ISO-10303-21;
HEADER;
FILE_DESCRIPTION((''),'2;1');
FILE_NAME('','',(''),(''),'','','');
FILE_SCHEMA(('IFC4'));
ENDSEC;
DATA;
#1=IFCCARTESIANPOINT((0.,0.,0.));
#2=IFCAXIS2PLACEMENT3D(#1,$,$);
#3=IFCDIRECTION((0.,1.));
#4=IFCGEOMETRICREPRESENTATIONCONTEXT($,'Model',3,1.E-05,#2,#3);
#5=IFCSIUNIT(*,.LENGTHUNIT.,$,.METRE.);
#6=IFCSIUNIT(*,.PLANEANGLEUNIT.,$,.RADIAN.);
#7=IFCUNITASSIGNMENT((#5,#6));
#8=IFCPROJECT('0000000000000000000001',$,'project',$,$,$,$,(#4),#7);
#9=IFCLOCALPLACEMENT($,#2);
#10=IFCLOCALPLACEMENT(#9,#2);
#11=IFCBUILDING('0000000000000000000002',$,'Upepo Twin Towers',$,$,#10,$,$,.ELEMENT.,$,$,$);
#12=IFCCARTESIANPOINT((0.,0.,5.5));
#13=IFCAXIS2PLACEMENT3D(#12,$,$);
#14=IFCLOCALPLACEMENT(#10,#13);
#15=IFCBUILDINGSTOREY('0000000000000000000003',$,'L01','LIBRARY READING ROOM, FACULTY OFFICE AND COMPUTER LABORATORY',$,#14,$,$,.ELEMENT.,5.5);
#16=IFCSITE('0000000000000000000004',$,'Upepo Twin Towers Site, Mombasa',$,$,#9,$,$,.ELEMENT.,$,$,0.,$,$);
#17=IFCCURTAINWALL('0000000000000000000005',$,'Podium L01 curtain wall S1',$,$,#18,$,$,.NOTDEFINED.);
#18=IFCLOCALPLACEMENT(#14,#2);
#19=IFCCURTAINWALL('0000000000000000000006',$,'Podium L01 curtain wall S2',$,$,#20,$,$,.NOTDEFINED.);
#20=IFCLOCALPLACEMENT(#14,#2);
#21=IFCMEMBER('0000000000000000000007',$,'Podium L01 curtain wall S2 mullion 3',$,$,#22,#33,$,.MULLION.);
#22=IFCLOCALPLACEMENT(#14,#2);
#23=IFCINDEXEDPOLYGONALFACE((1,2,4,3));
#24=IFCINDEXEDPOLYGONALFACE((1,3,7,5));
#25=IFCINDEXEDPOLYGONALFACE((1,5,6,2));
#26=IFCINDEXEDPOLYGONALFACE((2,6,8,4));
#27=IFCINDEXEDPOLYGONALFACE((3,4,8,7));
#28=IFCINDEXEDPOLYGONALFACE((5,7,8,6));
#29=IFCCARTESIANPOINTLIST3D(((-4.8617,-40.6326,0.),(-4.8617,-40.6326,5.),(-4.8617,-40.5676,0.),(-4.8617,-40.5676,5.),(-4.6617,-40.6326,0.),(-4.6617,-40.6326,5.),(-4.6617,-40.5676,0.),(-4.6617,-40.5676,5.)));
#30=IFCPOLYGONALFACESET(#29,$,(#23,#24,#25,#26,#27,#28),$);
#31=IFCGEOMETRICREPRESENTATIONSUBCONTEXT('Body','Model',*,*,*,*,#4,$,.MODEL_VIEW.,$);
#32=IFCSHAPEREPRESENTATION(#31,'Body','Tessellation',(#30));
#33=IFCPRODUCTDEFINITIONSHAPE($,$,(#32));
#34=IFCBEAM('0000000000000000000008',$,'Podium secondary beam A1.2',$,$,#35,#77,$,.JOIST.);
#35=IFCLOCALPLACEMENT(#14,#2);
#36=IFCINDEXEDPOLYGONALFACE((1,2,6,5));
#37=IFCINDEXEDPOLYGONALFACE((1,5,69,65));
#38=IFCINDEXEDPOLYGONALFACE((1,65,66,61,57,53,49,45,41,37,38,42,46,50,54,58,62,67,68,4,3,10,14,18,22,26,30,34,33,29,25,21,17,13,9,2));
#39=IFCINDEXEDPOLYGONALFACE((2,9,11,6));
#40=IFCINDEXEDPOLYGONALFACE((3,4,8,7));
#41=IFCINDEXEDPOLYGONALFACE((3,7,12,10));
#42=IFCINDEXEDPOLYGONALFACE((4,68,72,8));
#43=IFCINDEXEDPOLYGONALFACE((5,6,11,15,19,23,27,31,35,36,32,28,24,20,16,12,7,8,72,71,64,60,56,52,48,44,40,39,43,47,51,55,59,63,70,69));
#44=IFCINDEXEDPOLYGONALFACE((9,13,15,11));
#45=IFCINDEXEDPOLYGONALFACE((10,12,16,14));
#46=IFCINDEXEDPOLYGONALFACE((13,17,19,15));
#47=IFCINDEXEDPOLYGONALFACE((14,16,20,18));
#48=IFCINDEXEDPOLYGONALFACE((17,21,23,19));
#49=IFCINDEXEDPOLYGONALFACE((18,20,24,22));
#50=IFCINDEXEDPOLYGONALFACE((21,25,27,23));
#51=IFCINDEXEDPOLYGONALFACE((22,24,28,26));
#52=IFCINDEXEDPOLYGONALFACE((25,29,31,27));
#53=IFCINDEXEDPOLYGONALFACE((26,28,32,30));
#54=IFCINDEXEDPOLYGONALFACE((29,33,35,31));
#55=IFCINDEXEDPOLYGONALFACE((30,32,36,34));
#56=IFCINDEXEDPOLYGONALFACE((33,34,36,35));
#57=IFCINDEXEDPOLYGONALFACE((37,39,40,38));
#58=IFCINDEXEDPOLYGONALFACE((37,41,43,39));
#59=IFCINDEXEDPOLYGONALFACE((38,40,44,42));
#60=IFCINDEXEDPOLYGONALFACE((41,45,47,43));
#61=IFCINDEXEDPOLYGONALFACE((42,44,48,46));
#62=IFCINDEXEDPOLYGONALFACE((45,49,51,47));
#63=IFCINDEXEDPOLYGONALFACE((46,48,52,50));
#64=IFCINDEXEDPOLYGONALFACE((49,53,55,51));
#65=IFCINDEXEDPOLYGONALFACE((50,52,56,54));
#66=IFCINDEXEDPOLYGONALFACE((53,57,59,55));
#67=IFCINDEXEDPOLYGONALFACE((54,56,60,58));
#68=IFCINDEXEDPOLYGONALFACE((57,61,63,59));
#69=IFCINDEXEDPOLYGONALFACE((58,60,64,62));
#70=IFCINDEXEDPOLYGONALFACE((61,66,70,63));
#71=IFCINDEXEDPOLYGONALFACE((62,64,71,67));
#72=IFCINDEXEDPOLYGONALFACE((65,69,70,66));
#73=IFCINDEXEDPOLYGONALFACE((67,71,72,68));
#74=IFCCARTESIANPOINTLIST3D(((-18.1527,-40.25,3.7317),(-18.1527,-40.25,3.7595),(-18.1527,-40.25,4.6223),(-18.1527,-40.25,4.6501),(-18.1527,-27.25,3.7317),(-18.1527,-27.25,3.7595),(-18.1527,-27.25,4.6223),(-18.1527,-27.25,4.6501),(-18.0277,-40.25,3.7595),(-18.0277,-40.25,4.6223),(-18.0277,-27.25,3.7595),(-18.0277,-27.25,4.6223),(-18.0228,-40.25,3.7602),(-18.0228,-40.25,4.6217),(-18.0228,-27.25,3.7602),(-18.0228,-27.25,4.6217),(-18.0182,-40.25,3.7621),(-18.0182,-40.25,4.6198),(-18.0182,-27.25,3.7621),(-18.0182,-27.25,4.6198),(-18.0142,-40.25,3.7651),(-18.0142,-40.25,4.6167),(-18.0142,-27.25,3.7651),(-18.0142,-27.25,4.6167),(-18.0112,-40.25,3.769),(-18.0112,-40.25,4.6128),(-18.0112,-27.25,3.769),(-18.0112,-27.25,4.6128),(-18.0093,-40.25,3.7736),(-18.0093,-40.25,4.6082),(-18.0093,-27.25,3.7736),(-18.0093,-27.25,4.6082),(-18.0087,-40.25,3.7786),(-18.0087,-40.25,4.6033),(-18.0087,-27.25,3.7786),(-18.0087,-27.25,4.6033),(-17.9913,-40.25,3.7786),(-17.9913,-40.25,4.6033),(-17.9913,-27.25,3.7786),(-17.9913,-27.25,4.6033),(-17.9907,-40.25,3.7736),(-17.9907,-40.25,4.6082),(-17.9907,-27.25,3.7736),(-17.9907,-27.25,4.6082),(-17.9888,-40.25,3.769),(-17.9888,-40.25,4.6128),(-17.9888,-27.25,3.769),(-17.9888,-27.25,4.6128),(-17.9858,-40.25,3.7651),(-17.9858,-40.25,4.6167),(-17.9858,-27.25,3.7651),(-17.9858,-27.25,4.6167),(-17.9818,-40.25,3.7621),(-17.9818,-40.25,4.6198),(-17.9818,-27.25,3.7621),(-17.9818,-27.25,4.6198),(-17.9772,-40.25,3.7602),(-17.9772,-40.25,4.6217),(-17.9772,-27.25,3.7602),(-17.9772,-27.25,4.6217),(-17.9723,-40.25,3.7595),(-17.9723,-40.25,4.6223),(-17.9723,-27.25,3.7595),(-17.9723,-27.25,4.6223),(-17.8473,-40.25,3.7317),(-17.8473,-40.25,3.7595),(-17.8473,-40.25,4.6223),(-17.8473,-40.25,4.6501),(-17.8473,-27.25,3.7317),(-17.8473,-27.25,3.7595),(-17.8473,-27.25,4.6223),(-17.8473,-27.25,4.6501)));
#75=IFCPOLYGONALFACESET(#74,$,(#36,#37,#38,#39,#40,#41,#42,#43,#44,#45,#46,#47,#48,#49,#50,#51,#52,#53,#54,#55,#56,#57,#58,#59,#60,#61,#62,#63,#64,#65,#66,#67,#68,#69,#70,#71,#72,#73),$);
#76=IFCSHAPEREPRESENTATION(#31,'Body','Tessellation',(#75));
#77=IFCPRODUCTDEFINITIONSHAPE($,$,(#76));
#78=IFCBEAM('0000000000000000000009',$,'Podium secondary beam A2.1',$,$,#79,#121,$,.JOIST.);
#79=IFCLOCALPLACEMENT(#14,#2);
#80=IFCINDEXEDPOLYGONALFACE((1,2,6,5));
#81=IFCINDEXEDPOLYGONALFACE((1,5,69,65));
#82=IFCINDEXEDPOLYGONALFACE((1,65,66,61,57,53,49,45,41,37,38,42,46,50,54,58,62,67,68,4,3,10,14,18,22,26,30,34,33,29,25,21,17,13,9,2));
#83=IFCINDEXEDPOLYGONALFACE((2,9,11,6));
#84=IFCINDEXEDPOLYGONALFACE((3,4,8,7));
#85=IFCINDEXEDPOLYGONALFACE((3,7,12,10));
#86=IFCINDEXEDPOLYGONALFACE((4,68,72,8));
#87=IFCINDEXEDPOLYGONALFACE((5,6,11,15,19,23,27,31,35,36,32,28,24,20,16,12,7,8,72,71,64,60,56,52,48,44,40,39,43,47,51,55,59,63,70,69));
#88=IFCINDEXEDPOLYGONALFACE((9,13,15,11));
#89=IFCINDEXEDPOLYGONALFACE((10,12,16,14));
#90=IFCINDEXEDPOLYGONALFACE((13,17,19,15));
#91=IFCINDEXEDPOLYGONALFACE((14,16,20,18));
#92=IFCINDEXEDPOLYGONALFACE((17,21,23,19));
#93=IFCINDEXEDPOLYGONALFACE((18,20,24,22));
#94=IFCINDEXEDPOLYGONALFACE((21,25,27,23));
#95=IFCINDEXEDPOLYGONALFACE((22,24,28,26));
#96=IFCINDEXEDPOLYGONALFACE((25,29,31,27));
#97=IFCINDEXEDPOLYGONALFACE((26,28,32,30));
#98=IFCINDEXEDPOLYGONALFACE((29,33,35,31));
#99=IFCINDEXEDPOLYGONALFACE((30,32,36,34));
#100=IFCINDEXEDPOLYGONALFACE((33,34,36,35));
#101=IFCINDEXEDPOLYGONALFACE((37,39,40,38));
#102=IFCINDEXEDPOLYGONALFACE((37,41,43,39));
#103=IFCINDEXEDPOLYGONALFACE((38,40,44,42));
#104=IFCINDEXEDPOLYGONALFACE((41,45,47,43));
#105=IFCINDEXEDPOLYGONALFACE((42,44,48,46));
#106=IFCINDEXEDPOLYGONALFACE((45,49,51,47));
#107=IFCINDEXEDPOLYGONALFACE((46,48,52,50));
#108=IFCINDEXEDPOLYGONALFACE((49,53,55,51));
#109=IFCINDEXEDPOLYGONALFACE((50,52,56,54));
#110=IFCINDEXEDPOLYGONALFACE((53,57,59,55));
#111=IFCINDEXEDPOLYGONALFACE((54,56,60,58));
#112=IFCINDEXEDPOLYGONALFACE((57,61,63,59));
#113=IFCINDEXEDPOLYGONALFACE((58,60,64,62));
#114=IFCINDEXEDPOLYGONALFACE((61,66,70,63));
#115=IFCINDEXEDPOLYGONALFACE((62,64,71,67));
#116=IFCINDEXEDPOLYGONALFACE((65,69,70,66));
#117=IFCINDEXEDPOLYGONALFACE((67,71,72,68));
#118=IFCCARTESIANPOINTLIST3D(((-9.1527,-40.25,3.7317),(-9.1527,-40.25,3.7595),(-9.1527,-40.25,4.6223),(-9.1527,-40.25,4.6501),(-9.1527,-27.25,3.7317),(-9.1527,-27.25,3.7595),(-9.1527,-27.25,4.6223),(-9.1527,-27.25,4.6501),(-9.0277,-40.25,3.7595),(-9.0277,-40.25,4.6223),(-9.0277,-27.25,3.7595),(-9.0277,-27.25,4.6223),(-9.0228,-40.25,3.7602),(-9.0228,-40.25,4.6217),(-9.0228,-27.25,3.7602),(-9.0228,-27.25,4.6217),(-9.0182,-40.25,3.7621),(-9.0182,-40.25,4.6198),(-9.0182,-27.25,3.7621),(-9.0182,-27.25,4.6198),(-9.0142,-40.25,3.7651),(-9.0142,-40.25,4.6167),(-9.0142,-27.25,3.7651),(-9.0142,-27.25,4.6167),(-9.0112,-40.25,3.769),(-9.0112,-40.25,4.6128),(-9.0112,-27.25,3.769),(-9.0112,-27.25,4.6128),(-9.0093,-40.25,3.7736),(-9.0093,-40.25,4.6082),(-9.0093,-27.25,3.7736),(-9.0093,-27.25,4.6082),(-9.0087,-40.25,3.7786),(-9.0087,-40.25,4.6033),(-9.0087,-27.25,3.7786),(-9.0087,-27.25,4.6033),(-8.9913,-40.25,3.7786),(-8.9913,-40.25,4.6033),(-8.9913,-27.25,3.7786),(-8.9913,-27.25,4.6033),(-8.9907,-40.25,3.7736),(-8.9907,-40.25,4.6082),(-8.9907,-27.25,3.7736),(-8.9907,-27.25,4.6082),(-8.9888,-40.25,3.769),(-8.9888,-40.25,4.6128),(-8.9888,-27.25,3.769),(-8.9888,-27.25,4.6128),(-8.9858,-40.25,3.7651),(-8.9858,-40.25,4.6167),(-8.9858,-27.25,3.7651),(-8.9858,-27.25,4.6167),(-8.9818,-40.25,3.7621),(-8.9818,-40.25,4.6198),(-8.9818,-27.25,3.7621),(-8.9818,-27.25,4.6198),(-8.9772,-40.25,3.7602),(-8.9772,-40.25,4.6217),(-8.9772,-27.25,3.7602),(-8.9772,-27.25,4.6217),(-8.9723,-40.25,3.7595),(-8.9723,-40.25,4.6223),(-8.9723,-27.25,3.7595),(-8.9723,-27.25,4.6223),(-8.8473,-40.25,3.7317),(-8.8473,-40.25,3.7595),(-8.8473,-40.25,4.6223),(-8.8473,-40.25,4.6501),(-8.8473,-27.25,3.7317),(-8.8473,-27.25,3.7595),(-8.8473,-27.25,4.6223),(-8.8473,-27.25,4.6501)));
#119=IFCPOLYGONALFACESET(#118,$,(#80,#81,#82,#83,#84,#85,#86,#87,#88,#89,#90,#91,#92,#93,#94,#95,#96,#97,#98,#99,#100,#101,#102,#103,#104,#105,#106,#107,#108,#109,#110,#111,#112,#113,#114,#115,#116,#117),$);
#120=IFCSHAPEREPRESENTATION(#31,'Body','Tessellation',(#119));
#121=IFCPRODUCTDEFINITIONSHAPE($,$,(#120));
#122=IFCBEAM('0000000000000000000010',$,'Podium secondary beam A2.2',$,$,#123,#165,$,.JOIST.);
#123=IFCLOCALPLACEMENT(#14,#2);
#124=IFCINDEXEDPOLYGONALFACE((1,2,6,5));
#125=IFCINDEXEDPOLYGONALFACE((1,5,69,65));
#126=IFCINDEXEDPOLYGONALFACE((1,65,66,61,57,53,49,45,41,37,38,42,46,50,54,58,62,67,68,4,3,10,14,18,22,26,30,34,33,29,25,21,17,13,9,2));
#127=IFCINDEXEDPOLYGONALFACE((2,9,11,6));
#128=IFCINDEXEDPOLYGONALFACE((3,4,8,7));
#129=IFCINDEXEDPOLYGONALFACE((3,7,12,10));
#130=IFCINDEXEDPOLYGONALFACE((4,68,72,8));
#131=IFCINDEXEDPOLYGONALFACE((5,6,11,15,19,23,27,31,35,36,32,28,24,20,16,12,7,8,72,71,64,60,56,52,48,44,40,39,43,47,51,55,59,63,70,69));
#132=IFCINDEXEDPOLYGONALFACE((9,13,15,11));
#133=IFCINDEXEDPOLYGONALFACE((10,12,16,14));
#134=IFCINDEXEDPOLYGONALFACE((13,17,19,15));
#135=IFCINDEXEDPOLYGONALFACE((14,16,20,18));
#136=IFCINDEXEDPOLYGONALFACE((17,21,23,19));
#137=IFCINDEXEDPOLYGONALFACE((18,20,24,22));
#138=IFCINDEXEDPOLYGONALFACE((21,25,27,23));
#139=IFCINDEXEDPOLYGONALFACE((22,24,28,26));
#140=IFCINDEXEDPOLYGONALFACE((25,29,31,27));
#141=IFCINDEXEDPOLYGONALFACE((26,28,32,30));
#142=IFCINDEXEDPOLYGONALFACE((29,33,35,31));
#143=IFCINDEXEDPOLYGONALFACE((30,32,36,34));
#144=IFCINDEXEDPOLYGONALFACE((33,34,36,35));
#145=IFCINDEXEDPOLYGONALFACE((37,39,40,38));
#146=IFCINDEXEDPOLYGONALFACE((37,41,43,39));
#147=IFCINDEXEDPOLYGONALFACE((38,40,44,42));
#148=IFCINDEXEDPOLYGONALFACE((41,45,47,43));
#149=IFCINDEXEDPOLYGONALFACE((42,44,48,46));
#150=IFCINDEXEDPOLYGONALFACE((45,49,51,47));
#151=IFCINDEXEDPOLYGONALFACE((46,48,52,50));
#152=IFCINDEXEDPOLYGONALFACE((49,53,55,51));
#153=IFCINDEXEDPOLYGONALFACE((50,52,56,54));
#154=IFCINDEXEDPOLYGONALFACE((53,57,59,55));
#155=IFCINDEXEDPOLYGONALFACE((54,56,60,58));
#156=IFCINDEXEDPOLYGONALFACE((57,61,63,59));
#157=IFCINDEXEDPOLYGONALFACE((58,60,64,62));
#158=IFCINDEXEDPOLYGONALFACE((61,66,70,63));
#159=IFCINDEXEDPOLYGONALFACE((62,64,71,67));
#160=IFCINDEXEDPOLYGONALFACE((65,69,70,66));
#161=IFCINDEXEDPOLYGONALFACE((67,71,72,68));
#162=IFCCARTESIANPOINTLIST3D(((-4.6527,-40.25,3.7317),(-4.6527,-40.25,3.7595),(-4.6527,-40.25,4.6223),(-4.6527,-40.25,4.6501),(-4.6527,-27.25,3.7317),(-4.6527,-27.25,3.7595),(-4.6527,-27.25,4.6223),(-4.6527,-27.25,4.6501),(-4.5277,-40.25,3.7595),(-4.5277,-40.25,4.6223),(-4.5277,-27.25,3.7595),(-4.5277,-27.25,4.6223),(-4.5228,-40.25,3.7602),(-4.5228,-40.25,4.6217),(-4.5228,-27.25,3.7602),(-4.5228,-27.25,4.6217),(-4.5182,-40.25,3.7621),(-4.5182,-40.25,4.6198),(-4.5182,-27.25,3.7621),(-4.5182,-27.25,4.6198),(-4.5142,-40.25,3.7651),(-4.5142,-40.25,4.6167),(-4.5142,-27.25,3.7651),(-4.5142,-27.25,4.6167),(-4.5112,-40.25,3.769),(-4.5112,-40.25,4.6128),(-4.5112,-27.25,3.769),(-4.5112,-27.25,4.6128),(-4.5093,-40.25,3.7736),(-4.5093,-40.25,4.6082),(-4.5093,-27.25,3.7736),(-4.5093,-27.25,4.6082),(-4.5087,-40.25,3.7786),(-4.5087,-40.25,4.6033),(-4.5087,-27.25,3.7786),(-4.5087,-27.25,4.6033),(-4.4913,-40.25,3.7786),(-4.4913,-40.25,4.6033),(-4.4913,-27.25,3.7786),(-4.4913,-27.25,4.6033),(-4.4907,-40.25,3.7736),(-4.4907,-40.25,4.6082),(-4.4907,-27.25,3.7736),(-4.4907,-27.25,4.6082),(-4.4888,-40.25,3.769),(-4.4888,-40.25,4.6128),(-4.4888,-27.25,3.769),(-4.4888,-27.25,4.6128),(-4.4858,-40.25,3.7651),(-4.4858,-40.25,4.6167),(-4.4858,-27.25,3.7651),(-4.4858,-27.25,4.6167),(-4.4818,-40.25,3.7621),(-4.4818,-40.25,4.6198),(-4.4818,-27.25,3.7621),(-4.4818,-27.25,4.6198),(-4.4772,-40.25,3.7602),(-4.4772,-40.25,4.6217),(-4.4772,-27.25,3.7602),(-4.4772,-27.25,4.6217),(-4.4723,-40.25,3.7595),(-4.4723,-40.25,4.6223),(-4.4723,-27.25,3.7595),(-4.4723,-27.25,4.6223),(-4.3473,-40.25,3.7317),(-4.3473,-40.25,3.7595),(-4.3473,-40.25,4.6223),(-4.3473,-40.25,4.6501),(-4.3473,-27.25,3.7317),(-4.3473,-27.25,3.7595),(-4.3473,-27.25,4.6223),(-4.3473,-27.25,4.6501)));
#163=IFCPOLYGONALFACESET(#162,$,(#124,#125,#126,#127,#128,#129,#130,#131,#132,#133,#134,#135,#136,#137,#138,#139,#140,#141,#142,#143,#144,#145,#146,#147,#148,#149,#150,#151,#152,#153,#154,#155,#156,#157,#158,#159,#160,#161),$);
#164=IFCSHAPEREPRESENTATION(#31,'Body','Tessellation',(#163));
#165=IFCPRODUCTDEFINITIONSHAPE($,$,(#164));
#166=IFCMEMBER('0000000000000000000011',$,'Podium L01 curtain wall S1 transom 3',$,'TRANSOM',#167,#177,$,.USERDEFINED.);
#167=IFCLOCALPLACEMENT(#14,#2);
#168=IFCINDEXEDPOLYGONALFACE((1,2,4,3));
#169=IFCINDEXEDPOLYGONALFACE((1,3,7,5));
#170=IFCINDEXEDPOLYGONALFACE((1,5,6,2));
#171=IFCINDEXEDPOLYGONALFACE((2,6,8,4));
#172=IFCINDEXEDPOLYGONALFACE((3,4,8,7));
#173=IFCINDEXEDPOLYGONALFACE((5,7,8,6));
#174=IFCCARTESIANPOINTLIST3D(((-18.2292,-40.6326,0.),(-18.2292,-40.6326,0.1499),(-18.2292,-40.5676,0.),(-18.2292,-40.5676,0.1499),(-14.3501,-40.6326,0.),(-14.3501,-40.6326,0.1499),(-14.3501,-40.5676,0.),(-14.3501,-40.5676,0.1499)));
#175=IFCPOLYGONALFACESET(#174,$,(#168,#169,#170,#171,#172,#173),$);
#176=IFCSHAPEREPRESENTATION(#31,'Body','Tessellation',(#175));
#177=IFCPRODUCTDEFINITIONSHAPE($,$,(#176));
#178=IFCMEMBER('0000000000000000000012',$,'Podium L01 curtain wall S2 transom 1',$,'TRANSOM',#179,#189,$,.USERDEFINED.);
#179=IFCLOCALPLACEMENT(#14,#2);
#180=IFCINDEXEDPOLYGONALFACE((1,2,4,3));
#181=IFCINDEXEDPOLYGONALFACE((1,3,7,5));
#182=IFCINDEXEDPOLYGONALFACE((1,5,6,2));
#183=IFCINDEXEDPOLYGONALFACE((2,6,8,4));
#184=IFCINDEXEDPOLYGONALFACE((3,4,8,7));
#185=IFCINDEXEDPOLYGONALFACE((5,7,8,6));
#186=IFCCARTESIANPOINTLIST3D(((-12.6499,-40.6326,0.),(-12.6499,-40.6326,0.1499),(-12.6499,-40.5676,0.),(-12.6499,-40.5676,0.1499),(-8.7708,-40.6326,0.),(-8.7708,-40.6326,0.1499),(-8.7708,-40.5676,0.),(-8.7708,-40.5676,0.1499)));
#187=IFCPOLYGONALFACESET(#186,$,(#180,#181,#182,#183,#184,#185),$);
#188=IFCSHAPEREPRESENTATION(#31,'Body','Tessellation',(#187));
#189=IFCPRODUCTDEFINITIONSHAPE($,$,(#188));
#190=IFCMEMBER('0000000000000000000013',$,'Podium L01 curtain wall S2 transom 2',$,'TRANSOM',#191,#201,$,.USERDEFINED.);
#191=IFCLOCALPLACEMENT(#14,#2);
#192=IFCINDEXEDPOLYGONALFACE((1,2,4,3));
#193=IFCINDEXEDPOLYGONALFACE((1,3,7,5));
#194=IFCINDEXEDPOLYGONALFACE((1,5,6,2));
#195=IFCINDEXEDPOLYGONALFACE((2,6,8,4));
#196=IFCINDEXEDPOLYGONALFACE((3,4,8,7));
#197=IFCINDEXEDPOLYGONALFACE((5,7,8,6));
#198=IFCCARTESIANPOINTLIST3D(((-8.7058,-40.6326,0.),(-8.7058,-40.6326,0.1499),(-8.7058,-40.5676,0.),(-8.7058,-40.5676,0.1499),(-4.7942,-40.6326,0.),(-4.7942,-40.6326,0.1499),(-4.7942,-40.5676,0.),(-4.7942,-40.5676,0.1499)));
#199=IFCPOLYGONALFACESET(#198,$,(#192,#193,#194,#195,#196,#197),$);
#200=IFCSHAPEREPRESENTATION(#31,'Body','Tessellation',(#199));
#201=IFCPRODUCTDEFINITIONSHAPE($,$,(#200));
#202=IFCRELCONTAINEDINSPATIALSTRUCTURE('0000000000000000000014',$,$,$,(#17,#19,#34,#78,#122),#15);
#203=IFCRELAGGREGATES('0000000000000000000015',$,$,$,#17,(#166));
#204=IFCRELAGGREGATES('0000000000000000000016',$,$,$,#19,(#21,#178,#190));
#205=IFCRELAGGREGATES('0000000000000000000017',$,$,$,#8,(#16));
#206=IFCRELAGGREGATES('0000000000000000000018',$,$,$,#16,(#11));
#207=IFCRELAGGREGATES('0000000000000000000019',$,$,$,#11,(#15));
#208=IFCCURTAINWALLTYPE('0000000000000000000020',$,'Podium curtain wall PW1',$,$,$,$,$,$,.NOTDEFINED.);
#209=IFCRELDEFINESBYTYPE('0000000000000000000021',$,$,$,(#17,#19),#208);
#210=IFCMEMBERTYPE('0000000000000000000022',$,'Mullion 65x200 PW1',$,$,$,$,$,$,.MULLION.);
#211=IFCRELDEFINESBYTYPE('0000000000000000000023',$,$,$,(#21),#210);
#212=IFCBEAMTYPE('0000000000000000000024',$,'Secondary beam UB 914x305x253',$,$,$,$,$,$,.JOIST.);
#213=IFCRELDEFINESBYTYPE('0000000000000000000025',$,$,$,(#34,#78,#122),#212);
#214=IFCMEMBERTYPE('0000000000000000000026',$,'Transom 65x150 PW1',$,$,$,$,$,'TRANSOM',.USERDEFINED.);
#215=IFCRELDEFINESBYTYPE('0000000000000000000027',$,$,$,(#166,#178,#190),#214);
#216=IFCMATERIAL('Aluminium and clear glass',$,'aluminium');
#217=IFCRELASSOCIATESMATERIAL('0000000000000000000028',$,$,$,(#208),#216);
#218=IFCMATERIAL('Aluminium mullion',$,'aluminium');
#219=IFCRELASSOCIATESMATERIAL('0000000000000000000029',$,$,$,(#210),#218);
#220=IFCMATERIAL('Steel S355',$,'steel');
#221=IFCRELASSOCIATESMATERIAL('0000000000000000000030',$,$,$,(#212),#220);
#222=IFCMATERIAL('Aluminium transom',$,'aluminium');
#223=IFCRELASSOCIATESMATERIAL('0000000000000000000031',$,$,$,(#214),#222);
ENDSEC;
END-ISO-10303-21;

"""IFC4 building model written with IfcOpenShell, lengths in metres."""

from ifc_helpers import new_model, si_unit, direction, frame, origin, origin_2d, place, context, subcontext, project, spatial, rectangle, i_section, extrude, material, material_profile, profile_set, type_object, element, aggregate, save


model = new_model("IFC4")

# Units and contexts
model_context = context("Model", 3, precision=1e-05, world=origin(), true_north=direction((0.0, 1.0)))
body_context = subcontext(model_context, "Body", "Model", "MODEL_VIEW")
ifc_project = project(units=[si_unit("LENGTHUNIT", "METRE"), si_unit("PLANEANGLEUNIT", "RADIAN")], contexts=[model_context])

# Site, building, storey
site_placement = place(None, origin())
site = spatial("IfcSite", under=ifc_project, at=site_placement, Name="Upepo Twin Towers Site, Mombasa", CompositionType="ELEMENT", RefElevation=0.0)
building_placement = place(site_placement, origin())
building = spatial("IfcBuilding", under=site, at=building_placement, Name="Upepo Twin Towers", CompositionType="ELEMENT")
storey_placement = place(building_placement, frame((0.0, 0.0, 5.5)))
storey = spatial("IfcBuildingStorey", under=building, at=storey_placement, Name="L01", Description="LIBRARY READING ROOM, FACULTY OFFICE AND COMPUTER LABORATORY", CompositionType="ELEMENT", Elevation=5.5)

# Curtain wall
ifc_material_1 = material(Name="Aluminium and clear glass", Category="aluminium")
curtain_wall_type = type_object("IfcCurtainWallType", Name="Podium curtain wall PW1", PredefinedType="NOTDEFINED", material=ifc_material_1)
curtain_wall_1_placement = place(storey_placement, origin())
curtain_wall_1 = element("IfcCurtainWall", 1, at=curtain_wall_1_placement, inside=storey, type_object=curtain_wall_type, Name="Podium L01 curtain wall S1", PredefinedType="NOTDEFINED")
ifc_material_2 = material(Name="Aluminium mullion", Category="aluminium")
ifc_material_profile_1 = material_profile(ifc_material_2, rectangle(XDim=0.0649, YDim=0.2, at=origin_2d()), Name="MULLION 65x200 PODIUM")
ifc_profile_set_1 = profile_set([ifc_material_profile_1], Name="Aluminium mullion")
member_type_1 = type_object("IfcMemberType", Name="Mullion 65x200 PW1", PredefinedType="MULLION", material=ifc_profile_set_1)

# Curtain wall, member
curtain_wall_2_placement = place(storey_placement, origin())
curtain_wall_2 = element("IfcCurtainWall", 2, at=curtain_wall_2_placement, inside=storey, type_object=curtain_wall_type, Name="Podium L01 curtain wall S2", PredefinedType="NOTDEFINED")
member_1_placement = place(storey_placement, frame((-4.7617, -40.6001, 0.0), z_axis=(0.0, 0.0, 1.0), x_axis=(0.0, 1.0, 0.0)))
member_1 = element("IfcMember", 3, at=member_1_placement, type_object=member_type_1, Name="Podium L01 curtain wall S2 mullion 3", PredefinedType="MULLION", context=body_context, shape_type="SweptSolid", body=[
    extrude(rectangle(XDim=0.0649, YDim=0.2, at=origin_2d()), origin(), (0.0, 0.0, 1.0), 5.0),
])

# Beams
ifc_material_3 = material(Name="Steel S355", Category="steel")
ifc_material_profile_2 = material_profile(ifc_material_3, i_section(OverallWidth=0.3054, OverallDepth=0.9185, WebThickness=0.0173, FlangeThickness=0.0278, FilletRadius=0.019, at=origin_2d()), Name="UB 914x305x253")
ifc_profile_set_2 = profile_set([ifc_material_profile_2], Name="Steel S355")
beam_type_1 = type_object("IfcBeamType", Name="Secondary beam UB 914x305x253", PredefinedType="JOIST", material=ifc_profile_set_2)
for number, where, z_axis, x_axis, name in (
    (4, (-18.0, -40.25, 4.1909), (0.0, 1.0, 0.0), (-1.0, 0.0, 0.0), "Podium secondary beam A1.2"),
    (5, (-9.0, -40.25, 4.1909), (0.0, 1.0, 0.0), (-1.0, 0.0, 0.0), "Podium secondary beam A2.1"),
    (6, (-4.5, -40.25, 4.1909), (0.0, 1.0, 0.0), (-1.0, 0.0, 0.0), "Podium secondary beam A2.2"),
):
    element("IfcBeam", number, at=place(storey_placement, frame(where, z_axis=z_axis, x_axis=x_axis)), inside=storey, type_object=beam_type_1, Name=name, PredefinedType="JOIST", context=body_context, shape_type="SweptSolid", body=[
        extrude(i_section(OverallWidth=0.3054, OverallDepth=0.9185, WebThickness=0.0173, FlangeThickness=0.0278, FilletRadius=0.019, at=origin_2d()), origin(), (0.0, 0.0, 1.0), 13.0),
    ])

# Members
ifc_material_4 = material(Name="Aluminium transom", Category="aluminium")
ifc_material_profile_3 = material_profile(ifc_material_4, rectangle(XDim=0.0649, YDim=0.1499, at=origin_2d()), Name="TRANSOM 65x150 PODIUM")
ifc_profile_set_3 = profile_set([ifc_material_profile_3], Name="Aluminium transom")
member_type_2 = type_object("IfcMemberType", Name="Transom 65x150 PW1", ElementType="TRANSOM", PredefinedType="USERDEFINED", material=ifc_profile_set_3)
member_2_placement = place(storey_placement, frame((-18.2292, -40.6001, 0.075), z_axis=(1.0, 0.0, 0.0), x_axis=(0.0, 1.0, 0.0)))
member_2 = element("IfcMember", 7, at=member_2_placement, type_object=member_type_2, Name="Podium L01 curtain wall S1 transom 3", ObjectType="TRANSOM", PredefinedType="USERDEFINED", context=body_context, shape_type="SweptSolid", body=[
    extrude(rectangle(XDim=0.0649, YDim=0.1499, at=origin_2d()), origin(), (0.0, 0.0, 1.0), 3.8792),
])
member_3_placement = place(storey_placement, frame((-12.6499, -40.6001, 0.075), z_axis=(1.0, 0.0, 0.0), x_axis=(0.0, 1.0, 0.0)))
member_3 = element("IfcMember", 8, at=member_3_placement, type_object=member_type_2, Name="Podium L01 curtain wall S2 transom 1", ObjectType="TRANSOM", PredefinedType="USERDEFINED", context=body_context, shape_type="SweptSolid", body=[
    extrude(rectangle(XDim=0.0649, YDim=0.1499, at=origin_2d()), origin(), (0.0, 0.0, 1.0), 3.8792),
])
member_4_placement = place(storey_placement, frame((-8.7058, -40.6001, 0.075), z_axis=(1.0, 0.0, 0.0), x_axis=(0.0, 1.0, 0.0)))
member_4 = element("IfcMember", 9, at=member_4_placement, type_object=member_type_2, Name="Podium L01 curtain wall S2 transom 2", ObjectType="TRANSOM", PredefinedType="USERDEFINED", context=body_context, shape_type="SweptSolid", body=[
    extrude(rectangle(XDim=0.0649, YDim=0.1499, at=origin_2d()), origin(), (0.0, 0.0, 1.0), 3.9116),
])

aggregate(curtain_wall_1, [member_2])
aggregate(curtain_wall_2, [member_1, member_3, member_4])

save(model, "model.ifc")
